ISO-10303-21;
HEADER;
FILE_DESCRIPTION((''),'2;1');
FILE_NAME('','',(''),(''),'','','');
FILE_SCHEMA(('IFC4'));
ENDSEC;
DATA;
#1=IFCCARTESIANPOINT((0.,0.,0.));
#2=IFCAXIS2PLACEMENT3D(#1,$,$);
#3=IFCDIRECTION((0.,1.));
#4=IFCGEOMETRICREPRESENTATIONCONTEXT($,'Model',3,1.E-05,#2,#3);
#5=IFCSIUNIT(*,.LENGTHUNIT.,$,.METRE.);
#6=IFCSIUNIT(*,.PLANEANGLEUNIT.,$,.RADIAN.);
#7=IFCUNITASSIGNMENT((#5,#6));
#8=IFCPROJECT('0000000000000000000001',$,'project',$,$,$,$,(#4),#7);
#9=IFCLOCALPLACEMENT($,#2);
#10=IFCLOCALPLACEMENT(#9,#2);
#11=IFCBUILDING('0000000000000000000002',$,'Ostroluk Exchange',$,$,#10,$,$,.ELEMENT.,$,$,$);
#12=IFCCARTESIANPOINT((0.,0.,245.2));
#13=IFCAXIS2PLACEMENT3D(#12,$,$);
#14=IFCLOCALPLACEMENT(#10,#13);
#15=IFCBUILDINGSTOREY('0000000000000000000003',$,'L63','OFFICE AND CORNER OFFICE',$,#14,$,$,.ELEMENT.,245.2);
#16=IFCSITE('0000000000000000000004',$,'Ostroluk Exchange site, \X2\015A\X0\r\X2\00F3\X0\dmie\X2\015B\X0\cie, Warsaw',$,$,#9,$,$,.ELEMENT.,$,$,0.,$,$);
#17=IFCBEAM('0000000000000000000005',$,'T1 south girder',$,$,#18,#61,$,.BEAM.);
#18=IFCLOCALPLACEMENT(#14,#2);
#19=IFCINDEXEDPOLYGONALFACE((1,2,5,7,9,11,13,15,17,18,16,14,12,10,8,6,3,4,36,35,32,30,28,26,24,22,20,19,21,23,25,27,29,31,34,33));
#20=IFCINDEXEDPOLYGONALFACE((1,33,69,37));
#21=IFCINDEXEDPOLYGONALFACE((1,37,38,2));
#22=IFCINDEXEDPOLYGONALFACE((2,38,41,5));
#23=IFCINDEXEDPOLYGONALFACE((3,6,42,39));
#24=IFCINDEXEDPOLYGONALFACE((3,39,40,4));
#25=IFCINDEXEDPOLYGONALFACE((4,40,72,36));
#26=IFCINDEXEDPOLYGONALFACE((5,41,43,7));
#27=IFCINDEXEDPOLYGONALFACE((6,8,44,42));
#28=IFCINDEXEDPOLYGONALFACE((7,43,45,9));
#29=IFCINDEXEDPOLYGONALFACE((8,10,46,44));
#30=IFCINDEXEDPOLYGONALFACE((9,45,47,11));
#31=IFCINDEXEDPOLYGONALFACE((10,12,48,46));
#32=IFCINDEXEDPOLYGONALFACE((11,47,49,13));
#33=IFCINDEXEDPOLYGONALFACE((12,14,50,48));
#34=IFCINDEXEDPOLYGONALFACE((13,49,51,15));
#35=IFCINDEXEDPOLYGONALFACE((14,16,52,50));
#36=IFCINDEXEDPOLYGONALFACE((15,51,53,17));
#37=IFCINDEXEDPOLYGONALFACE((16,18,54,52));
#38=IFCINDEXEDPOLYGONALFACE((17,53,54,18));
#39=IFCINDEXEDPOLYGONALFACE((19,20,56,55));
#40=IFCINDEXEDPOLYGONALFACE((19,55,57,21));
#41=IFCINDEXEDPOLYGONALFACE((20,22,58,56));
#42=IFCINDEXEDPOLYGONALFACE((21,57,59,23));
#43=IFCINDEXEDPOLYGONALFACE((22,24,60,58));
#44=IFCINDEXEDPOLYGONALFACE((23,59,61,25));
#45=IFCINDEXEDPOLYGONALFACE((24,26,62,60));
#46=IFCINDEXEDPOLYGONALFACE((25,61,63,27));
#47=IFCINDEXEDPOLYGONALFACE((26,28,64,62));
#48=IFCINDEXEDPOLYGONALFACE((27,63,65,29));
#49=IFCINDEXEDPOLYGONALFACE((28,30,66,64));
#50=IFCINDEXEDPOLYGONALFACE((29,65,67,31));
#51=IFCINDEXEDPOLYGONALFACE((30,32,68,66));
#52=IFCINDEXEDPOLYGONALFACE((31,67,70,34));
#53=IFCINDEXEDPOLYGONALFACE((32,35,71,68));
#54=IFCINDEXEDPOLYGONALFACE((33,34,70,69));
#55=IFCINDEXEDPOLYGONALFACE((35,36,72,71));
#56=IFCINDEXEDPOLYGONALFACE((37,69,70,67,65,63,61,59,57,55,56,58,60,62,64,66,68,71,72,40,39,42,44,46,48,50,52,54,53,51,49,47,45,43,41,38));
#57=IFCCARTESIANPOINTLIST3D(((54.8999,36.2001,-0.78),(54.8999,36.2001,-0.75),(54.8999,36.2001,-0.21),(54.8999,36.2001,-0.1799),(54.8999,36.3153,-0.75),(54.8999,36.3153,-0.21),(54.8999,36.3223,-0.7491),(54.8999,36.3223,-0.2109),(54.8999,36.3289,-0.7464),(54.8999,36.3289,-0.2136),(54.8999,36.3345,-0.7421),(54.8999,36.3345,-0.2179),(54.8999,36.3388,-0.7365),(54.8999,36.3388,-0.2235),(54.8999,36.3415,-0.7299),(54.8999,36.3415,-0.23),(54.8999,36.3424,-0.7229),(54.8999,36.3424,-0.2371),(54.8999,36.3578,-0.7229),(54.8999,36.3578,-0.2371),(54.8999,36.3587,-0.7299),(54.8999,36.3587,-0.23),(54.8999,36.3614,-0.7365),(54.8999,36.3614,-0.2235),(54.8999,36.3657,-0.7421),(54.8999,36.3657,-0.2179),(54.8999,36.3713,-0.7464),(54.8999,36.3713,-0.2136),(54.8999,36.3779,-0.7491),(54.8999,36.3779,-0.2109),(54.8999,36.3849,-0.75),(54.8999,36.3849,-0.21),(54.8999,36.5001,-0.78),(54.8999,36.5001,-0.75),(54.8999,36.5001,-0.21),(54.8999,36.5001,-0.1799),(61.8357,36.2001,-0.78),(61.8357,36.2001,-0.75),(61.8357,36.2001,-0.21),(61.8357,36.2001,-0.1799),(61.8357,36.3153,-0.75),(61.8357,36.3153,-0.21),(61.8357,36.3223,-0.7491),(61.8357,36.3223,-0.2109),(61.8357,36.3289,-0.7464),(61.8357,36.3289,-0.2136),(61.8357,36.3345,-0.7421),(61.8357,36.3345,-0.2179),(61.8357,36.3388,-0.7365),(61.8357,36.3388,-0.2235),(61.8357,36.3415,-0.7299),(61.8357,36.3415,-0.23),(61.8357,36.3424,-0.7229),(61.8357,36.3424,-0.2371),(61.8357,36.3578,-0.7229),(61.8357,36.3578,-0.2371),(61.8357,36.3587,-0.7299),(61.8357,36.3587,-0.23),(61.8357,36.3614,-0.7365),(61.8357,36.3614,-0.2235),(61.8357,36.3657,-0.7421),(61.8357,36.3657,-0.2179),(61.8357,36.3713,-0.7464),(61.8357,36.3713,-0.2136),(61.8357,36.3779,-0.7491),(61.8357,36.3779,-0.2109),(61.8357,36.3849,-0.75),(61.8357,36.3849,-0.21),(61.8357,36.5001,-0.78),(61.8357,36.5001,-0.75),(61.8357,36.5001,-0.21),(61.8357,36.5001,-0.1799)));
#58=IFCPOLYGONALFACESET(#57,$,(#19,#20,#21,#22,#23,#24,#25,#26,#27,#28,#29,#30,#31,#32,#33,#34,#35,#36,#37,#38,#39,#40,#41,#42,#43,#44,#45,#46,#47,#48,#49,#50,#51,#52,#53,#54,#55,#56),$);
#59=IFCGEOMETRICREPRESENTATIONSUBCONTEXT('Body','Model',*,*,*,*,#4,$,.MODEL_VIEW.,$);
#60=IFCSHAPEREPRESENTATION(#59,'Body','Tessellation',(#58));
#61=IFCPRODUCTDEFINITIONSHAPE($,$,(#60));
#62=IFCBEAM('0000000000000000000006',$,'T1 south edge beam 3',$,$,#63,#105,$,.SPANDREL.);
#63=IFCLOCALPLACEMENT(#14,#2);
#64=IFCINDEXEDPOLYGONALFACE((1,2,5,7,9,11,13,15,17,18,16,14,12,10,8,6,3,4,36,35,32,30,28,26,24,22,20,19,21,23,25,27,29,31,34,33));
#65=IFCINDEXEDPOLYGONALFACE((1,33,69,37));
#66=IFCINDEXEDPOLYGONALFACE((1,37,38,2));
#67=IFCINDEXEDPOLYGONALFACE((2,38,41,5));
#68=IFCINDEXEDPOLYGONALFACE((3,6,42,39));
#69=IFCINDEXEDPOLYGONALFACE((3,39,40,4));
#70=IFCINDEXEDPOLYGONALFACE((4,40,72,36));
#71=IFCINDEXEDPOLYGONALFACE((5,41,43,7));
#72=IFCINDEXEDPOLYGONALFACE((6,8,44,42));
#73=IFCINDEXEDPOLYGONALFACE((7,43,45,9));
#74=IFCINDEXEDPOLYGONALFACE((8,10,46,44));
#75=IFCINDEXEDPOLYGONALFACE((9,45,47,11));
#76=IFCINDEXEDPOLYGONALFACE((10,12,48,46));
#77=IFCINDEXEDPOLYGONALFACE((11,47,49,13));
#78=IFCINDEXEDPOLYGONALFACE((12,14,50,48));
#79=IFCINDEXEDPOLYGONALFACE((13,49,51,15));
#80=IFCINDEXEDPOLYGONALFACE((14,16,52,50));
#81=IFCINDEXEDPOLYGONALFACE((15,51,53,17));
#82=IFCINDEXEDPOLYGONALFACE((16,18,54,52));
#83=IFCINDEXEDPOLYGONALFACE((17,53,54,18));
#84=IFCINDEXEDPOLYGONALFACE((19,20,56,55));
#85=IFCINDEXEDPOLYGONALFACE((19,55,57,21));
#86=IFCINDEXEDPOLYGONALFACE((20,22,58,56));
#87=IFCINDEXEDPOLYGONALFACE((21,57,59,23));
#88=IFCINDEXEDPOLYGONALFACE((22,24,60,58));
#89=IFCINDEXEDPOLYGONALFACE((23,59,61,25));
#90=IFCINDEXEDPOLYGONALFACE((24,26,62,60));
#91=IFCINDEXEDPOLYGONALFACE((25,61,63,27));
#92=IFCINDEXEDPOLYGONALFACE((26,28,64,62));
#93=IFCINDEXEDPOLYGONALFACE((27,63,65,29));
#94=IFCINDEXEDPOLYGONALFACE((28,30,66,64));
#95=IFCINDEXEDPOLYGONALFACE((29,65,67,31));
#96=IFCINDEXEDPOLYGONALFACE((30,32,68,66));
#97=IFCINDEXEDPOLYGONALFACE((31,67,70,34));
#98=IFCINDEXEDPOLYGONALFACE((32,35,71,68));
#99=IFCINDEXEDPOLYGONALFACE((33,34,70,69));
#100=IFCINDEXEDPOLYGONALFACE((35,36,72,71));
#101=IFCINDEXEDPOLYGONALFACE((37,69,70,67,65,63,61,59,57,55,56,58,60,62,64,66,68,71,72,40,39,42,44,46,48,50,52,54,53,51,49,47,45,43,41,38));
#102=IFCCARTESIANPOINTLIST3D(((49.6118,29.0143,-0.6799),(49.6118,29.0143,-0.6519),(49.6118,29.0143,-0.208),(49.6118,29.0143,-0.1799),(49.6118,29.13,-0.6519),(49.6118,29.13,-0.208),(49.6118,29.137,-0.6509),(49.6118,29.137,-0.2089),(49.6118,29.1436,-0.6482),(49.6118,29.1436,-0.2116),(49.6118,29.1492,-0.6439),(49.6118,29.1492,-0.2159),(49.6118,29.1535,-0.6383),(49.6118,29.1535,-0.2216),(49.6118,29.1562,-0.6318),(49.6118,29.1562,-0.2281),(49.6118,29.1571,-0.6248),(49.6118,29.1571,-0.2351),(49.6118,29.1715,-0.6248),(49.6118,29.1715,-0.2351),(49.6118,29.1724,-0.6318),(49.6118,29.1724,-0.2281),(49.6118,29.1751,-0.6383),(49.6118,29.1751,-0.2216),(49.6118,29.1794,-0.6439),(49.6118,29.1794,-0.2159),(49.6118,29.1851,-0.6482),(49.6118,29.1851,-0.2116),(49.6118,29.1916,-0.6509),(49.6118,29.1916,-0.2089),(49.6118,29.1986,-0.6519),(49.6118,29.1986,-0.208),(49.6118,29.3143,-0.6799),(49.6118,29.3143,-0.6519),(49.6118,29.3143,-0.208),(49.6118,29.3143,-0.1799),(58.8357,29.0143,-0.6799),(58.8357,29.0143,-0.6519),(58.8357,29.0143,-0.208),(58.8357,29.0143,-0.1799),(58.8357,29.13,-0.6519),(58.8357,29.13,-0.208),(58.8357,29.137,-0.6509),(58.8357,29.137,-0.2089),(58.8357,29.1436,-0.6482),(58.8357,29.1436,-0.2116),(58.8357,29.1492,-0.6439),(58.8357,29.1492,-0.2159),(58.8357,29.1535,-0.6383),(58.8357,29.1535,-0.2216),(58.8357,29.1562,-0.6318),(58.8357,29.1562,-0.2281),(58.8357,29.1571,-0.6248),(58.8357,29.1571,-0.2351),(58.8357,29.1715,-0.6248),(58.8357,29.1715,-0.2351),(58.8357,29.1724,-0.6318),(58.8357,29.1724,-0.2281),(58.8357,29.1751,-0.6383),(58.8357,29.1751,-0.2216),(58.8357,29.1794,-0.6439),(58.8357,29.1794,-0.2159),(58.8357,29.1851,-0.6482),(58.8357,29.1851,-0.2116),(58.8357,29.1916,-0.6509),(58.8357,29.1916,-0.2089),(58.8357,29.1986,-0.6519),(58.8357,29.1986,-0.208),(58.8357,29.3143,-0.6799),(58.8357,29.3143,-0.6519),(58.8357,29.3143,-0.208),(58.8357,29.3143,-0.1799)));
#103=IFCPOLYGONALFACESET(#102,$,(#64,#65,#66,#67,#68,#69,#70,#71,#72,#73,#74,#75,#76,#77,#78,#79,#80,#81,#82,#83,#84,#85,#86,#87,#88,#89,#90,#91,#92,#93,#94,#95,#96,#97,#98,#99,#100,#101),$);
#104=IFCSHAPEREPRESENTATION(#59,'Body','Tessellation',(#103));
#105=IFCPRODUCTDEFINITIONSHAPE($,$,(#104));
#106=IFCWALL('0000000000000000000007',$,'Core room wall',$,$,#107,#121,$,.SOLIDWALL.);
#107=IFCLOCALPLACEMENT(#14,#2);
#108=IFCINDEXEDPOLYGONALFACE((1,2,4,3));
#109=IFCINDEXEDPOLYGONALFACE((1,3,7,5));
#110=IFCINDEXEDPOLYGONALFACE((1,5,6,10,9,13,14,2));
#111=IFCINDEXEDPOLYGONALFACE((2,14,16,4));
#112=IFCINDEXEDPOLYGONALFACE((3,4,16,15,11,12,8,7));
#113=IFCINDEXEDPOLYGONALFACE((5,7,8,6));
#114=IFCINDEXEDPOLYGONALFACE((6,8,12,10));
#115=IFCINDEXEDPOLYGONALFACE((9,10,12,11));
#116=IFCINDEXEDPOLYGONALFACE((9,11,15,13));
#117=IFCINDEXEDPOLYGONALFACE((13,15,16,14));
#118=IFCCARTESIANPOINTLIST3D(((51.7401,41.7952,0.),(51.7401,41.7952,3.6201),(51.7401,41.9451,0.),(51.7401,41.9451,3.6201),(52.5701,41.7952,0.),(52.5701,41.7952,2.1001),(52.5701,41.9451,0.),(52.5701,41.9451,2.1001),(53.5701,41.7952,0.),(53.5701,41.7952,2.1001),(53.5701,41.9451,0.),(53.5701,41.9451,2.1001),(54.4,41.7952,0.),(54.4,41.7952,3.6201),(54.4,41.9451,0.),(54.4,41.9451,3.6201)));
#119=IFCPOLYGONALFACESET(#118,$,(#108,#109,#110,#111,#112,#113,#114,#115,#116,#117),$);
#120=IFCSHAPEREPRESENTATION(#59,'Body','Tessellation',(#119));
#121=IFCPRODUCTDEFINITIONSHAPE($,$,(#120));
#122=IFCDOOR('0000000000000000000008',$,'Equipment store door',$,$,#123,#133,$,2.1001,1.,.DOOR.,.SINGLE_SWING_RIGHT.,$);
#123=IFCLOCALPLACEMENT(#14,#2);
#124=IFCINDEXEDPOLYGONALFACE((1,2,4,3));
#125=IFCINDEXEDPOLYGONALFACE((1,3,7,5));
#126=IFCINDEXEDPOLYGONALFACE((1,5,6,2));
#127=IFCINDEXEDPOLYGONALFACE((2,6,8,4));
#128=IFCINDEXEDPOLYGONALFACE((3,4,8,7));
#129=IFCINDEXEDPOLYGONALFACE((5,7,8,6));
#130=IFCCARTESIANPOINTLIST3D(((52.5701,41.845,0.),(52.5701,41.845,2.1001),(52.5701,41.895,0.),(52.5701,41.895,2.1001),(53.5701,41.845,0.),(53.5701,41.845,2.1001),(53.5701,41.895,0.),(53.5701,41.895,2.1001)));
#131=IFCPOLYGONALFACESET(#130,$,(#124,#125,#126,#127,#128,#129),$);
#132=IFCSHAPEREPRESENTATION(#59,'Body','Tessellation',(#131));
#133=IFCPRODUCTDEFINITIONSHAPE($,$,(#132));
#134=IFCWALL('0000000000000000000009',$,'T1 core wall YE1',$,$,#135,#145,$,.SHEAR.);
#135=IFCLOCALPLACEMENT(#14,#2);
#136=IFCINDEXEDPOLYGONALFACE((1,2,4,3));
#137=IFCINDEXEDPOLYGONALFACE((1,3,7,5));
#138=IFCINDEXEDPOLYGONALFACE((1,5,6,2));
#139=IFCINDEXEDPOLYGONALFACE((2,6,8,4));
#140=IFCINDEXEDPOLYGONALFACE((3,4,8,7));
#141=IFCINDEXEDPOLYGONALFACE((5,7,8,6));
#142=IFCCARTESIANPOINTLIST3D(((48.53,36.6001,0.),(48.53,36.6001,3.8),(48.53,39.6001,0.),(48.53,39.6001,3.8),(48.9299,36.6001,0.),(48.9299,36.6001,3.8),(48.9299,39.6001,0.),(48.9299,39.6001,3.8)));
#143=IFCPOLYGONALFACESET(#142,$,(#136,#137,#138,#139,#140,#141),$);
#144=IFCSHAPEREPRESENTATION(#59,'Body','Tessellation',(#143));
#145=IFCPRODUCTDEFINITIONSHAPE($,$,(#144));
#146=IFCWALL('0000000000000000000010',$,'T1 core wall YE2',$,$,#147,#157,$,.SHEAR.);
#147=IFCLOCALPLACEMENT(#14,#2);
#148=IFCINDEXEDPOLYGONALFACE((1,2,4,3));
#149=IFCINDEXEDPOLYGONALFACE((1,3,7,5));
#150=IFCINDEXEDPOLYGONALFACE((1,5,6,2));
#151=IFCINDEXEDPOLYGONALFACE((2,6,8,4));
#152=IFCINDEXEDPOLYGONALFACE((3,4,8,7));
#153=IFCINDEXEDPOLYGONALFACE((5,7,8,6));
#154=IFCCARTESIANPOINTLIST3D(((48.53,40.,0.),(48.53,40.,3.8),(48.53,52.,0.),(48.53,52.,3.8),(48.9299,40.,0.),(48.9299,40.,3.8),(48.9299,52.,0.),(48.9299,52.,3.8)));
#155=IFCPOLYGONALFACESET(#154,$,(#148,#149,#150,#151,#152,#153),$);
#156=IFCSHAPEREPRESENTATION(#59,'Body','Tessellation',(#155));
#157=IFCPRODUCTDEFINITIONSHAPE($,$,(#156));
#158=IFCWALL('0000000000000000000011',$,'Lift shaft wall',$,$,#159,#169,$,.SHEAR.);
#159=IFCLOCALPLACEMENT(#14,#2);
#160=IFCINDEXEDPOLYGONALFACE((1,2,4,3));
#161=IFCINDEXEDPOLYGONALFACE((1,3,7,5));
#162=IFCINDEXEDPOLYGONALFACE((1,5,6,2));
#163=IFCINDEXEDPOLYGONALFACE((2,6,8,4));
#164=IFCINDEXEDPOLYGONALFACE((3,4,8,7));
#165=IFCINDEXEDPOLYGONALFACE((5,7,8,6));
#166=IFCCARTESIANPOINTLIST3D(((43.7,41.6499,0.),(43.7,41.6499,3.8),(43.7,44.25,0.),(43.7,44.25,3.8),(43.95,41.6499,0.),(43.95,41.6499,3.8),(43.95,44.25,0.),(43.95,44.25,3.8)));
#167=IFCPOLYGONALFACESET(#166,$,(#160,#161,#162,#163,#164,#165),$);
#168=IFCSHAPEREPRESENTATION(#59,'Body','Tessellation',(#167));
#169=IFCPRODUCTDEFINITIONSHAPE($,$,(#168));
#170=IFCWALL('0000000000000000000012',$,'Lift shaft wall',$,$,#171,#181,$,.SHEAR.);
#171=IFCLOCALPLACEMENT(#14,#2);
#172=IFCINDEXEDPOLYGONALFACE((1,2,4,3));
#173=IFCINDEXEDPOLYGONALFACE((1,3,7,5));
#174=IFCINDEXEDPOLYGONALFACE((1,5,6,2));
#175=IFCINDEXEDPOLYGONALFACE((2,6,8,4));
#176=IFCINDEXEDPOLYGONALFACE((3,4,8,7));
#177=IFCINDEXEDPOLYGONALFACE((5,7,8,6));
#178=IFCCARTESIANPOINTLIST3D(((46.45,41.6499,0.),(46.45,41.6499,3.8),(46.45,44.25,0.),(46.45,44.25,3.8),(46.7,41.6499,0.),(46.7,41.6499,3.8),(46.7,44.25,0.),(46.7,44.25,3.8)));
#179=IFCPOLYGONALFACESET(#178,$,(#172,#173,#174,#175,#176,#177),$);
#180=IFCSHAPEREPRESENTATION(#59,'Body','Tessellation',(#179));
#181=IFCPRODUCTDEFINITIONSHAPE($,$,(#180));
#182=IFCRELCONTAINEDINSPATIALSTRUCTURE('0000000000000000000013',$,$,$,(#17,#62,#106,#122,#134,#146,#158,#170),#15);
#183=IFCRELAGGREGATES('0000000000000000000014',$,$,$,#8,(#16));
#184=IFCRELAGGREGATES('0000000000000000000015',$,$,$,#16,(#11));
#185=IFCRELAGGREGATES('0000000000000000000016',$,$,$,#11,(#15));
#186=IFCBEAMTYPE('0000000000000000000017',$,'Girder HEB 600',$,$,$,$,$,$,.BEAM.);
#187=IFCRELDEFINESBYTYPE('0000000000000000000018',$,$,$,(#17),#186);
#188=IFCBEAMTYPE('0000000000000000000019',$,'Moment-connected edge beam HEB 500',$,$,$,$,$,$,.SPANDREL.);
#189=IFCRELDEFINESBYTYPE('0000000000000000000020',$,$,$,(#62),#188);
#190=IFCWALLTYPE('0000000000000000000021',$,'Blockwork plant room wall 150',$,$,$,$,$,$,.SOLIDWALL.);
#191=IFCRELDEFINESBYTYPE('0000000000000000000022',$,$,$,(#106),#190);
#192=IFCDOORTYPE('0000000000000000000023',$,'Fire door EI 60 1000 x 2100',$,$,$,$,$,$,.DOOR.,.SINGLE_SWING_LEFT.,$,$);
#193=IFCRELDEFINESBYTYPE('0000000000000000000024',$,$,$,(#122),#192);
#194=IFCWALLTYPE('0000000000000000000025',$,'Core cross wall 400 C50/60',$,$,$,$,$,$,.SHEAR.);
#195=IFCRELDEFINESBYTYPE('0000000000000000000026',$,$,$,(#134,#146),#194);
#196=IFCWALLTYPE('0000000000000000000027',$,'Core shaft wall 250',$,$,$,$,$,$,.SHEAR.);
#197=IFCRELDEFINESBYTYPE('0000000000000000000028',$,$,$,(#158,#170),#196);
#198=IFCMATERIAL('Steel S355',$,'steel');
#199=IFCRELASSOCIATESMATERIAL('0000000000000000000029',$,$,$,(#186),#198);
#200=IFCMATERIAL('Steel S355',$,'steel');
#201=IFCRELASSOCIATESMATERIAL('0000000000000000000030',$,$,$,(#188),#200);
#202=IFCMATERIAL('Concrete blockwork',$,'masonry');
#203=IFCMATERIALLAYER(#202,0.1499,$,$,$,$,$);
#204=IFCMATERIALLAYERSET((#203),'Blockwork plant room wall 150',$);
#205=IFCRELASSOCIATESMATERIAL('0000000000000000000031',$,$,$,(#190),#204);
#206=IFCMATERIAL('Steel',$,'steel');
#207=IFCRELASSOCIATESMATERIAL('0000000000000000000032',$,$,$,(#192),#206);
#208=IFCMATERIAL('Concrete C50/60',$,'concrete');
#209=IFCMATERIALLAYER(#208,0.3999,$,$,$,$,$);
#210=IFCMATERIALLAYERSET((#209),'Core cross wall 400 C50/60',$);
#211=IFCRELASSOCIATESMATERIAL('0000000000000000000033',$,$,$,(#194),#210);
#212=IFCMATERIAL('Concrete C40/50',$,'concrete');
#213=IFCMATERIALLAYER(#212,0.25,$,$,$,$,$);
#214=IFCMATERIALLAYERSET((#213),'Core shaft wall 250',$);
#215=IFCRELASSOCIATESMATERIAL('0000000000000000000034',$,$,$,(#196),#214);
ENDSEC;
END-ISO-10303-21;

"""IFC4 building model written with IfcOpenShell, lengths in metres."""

from ifc_helpers import new_model, si_unit, direction, frame, frame_2d, origin, origin_2d, place, context, subcontext, project, spatial, rectangle, i_section, extrude, material, layer, layer_set, material_profile, profile_set, type_object, element, fill, save


model = new_model("IFC4")

# Units and contexts
model_context = context("Model", 3, precision=1e-05, world=origin(), true_north=direction((0.0, 1.0)))
body_context = subcontext(model_context, "Body", "Model", "MODEL_VIEW")
ifc_project = project(units=[si_unit("LENGTHUNIT", "METRE"), si_unit("PLANEANGLEUNIT", "RADIAN")], contexts=[model_context])

# Site, building, storey
site_placement = place(None, origin())
site = spatial("IfcSite", under=ifc_project, at=site_placement, Name="Ostroluk Exchange site, Śródmieście, Warsaw", CompositionType="ELEMENT", RefElevation=0.0)
building_placement = place(site_placement, origin())
building = spatial("IfcBuilding", under=site, at=building_placement, Name="Ostroluk Exchange", CompositionType="ELEMENT")
storey_placement = place(building_placement, frame((0.0, 0.0, 245.2)))
storey = spatial("IfcBuildingStorey", under=building, at=storey_placement, Name="L63", Description="OFFICE AND CORNER OFFICE", CompositionType="ELEMENT", Elevation=245.2)

# Beams
ifc_material_1 = material(Name="Steel S355", Category="steel")
ifc_material_profile_1 = material_profile(ifc_material_1, i_section(OverallWidth=0.3, OverallDepth=0.6001, WebThickness=0.0154, FlangeThickness=0.03, FilletRadius=0.0271, at=origin_2d()), Name="HEB 600")
ifc_profile_set_1 = profile_set([ifc_material_profile_1], Name="Steel S355")
beam_type_1 = type_object("IfcBeamType", Name="Girder HEB 600", PredefinedType="BEAM", material=ifc_profile_set_1)
beam_1_placement = place(storey_placement, frame((54.8999, 36.3501, -0.48), z_axis=(1.0, 0.0, 0.0), x_axis=(0.0, 1.0, 0.0)))
element("IfcBeam", 1, at=beam_1_placement, inside=storey, type_object=beam_type_1, Name="T1 south girder", PredefinedType="BEAM", context=body_context, shape_type="SweptSolid", body=[
    extrude(i_section(OverallWidth=0.3, OverallDepth=0.6001, WebThickness=0.0154, FlangeThickness=0.03, FilletRadius=0.0271, at=origin_2d()), origin(), (0.0, 0.0, 1.0), 6.9358),
])
ifc_material_2 = material(Name="Steel S355", Category="steel")
ifc_material_profile_2 = material_profile(ifc_material_2, i_section(OverallWidth=0.3, OverallDepth=0.5, WebThickness=0.0144, FlangeThickness=0.0281, FilletRadius=0.0271, at=origin_2d()), Name="HEB 500")
ifc_profile_set_2 = profile_set([ifc_material_profile_2], Name="Steel S355")
beam_type_2 = type_object("IfcBeamType", Name="Moment-connected edge beam HEB 500", PredefinedType="SPANDREL", material=ifc_profile_set_2)
beam_2_placement = place(storey_placement, frame((49.6118, 29.1643, -0.4299), z_axis=(1.0, 0.0, 0.0), x_axis=(0.0, 1.0, 0.0)))
element("IfcBeam", 2, at=beam_2_placement, inside=storey, type_object=beam_type_2, Name="T1 south edge beam 3", PredefinedType="SPANDREL", context=body_context, shape_type="SweptSolid", body=[
    extrude(i_section(OverallWidth=0.3, OverallDepth=0.5, WebThickness=0.0144, FlangeThickness=0.0281, FilletRadius=0.0271, at=origin_2d()), origin(), (0.0, 0.0, 1.0), 9.2239),
])

# Wall, opening, door
ifc_material_3 = material(Name="Concrete blockwork", Category="masonry")
ifc_layer_1 = layer(ifc_material_3, 0.1499)
ifc_layer_set_1 = layer_set([ifc_layer_1], Name="Blockwork plant room wall 150")
wall_type_1 = type_object("IfcWallType", Name="Blockwork plant room wall 150", PredefinedType="SOLIDWALL", material=ifc_layer_set_1)
wall_1_placement = place(storey_placement, frame((51.74, 41.8701, 0.0), z_axis=(0.0, 0.0, 1.0), x_axis=(1.0, 0.0, 0.0)))
wall_1 = element("IfcWall", 3, at=wall_1_placement, inside=storey, type_object=wall_type_1, Name="Core room wall", PredefinedType="SOLIDWALL", context=body_context, shape_type="SweptSolid", body=[
    extrude(rectangle(XDim=2.6599, YDim=0.1499, at=frame_2d((1.3301, 0.0))), origin(), (0.0, 0.0, 1.0), 3.6201),
])
opening_1_placement = place(wall_1_placement, frame((0.8301, 0.0, 0.0)))
opening_1 = element("IfcOpeningElement", 4, at=opening_1_placement, cuts=wall_1, PredefinedType="OPENING", context=body_context, shape_type="SweptSolid", body=[
    extrude(rectangle(XDim=1.0, YDim=2.1001, at=frame_2d((0.5, 1.05))), frame((0.0, 0.085, 0.0), z_axis=(0.0, -1.0, 0.0), x_axis=(1.0, 0.0, 0.0)), (0.0, 0.0, 1.0), 0.1699),
])
ifc_material_4 = material(Name="Steel", Category="steel")
door_type_1 = type_object("IfcDoorType", Name="Fire door EI 60 1000 x 2100", OperationType="SINGLE_SWING_LEFT", PredefinedType="DOOR", material=ifc_material_4)
door_1_placement = place(opening_1_placement, origin())
door_1 = element("IfcDoor", 5, at=door_1_placement, inside=storey, type_object=door_type_1, Name="Equipment store door", OperationType="SINGLE_SWING_RIGHT", OverallHeight=2.1001, OverallWidth=1.0, PredefinedType="DOOR", context=body_context, shape_type="SweptSolid", body=[
    extrude(rectangle(XDim=1.0, YDim=2.1001, at=frame_2d((0.5, 1.05))), frame((0.0, 0.0249, 0.0), z_axis=(0.0, -1.0, 0.0), x_axis=(1.0, 0.0, 0.0)), (0.0, 0.0, 1.0), 0.05),
])
fill(opening_1, door_1)

# Walls
ifc_material_5 = material(Name="Concrete C50/60", Category="concrete")
ifc_layer_2 = layer(ifc_material_5, 0.3999)
ifc_layer_set_2 = layer_set([ifc_layer_2], Name="Core cross wall 400 C50/60")
wall_type_2 = type_object("IfcWallType", Name="Core cross wall 400 C50/60", PredefinedType="SHEAR", material=ifc_layer_set_2)
wall_2_placement = place(storey_placement, frame((48.73, 36.6001, 0.0), z_axis=(0.0, 0.0, 1.0), x_axis=(0.0, 1.0, 0.0)))
element("IfcWall", 6, at=wall_2_placement, inside=storey, type_object=wall_type_2, Name="T1 core wall YE1", PredefinedType="SHEAR", context=body_context, shape_type="SweptSolid", body=[
    extrude(rectangle(XDim=3.0, YDim=0.3999, at=frame_2d((1.5, 0.0))), origin(), (0.0, 0.0, 1.0), 3.8),
])
wall_3_placement = place(storey_placement, frame((48.73, 40.0, 0.0), z_axis=(0.0, 0.0, 1.0), x_axis=(0.0, 1.0, 0.0)))
element("IfcWall", 7, at=wall_3_placement, inside=storey, type_object=wall_type_2, Name="T1 core wall YE2", PredefinedType="SHEAR", context=body_context, shape_type="SweptSolid", body=[
    extrude(rectangle(XDim=12.0, YDim=0.3999, at=frame_2d((6.0, 0.0))), origin(), (0.0, 0.0, 1.0), 3.8),
])

# Shared definitions
ifc_material_6 = material(Name="Concrete C40/50", Category="concrete")
ifc_layer_3 = layer(ifc_material_6, 0.25)
ifc_layer_set_3 = layer_set([ifc_layer_3], Name="Core shaft wall 250")
wall_type_3 = type_object("IfcWallType", Name="Core shaft wall 250", PredefinedType="SHEAR", material=ifc_layer_set_3)

# Walls
for number, where, z_axis, x_axis, name in (
    (8, (43.825, 44.25, 0.0), (0.0, 0.0, 1.0), (0.0, -1.0, 0.0), "Lift shaft wall"),
    (9, (46.575, 44.25, 0.0), (0.0, 0.0, 1.0), (0.0, -1.0, 0.0), "Lift shaft wall"),
):
    element("IfcWall", number, at=place(storey_placement, frame(where, z_axis=z_axis, x_axis=x_axis)), inside=storey, type_object=wall_type_3, Name=name, PredefinedType="SHEAR", context=body_context, shape_type="SweptSolid", body=[
        extrude(rectangle(XDim=2.6001, YDim=0.25, at=frame_2d((1.3, 0.0))), origin(), (0.0, 0.0, 1.0), 3.8),
    ])

save(model, "model.ifc")
